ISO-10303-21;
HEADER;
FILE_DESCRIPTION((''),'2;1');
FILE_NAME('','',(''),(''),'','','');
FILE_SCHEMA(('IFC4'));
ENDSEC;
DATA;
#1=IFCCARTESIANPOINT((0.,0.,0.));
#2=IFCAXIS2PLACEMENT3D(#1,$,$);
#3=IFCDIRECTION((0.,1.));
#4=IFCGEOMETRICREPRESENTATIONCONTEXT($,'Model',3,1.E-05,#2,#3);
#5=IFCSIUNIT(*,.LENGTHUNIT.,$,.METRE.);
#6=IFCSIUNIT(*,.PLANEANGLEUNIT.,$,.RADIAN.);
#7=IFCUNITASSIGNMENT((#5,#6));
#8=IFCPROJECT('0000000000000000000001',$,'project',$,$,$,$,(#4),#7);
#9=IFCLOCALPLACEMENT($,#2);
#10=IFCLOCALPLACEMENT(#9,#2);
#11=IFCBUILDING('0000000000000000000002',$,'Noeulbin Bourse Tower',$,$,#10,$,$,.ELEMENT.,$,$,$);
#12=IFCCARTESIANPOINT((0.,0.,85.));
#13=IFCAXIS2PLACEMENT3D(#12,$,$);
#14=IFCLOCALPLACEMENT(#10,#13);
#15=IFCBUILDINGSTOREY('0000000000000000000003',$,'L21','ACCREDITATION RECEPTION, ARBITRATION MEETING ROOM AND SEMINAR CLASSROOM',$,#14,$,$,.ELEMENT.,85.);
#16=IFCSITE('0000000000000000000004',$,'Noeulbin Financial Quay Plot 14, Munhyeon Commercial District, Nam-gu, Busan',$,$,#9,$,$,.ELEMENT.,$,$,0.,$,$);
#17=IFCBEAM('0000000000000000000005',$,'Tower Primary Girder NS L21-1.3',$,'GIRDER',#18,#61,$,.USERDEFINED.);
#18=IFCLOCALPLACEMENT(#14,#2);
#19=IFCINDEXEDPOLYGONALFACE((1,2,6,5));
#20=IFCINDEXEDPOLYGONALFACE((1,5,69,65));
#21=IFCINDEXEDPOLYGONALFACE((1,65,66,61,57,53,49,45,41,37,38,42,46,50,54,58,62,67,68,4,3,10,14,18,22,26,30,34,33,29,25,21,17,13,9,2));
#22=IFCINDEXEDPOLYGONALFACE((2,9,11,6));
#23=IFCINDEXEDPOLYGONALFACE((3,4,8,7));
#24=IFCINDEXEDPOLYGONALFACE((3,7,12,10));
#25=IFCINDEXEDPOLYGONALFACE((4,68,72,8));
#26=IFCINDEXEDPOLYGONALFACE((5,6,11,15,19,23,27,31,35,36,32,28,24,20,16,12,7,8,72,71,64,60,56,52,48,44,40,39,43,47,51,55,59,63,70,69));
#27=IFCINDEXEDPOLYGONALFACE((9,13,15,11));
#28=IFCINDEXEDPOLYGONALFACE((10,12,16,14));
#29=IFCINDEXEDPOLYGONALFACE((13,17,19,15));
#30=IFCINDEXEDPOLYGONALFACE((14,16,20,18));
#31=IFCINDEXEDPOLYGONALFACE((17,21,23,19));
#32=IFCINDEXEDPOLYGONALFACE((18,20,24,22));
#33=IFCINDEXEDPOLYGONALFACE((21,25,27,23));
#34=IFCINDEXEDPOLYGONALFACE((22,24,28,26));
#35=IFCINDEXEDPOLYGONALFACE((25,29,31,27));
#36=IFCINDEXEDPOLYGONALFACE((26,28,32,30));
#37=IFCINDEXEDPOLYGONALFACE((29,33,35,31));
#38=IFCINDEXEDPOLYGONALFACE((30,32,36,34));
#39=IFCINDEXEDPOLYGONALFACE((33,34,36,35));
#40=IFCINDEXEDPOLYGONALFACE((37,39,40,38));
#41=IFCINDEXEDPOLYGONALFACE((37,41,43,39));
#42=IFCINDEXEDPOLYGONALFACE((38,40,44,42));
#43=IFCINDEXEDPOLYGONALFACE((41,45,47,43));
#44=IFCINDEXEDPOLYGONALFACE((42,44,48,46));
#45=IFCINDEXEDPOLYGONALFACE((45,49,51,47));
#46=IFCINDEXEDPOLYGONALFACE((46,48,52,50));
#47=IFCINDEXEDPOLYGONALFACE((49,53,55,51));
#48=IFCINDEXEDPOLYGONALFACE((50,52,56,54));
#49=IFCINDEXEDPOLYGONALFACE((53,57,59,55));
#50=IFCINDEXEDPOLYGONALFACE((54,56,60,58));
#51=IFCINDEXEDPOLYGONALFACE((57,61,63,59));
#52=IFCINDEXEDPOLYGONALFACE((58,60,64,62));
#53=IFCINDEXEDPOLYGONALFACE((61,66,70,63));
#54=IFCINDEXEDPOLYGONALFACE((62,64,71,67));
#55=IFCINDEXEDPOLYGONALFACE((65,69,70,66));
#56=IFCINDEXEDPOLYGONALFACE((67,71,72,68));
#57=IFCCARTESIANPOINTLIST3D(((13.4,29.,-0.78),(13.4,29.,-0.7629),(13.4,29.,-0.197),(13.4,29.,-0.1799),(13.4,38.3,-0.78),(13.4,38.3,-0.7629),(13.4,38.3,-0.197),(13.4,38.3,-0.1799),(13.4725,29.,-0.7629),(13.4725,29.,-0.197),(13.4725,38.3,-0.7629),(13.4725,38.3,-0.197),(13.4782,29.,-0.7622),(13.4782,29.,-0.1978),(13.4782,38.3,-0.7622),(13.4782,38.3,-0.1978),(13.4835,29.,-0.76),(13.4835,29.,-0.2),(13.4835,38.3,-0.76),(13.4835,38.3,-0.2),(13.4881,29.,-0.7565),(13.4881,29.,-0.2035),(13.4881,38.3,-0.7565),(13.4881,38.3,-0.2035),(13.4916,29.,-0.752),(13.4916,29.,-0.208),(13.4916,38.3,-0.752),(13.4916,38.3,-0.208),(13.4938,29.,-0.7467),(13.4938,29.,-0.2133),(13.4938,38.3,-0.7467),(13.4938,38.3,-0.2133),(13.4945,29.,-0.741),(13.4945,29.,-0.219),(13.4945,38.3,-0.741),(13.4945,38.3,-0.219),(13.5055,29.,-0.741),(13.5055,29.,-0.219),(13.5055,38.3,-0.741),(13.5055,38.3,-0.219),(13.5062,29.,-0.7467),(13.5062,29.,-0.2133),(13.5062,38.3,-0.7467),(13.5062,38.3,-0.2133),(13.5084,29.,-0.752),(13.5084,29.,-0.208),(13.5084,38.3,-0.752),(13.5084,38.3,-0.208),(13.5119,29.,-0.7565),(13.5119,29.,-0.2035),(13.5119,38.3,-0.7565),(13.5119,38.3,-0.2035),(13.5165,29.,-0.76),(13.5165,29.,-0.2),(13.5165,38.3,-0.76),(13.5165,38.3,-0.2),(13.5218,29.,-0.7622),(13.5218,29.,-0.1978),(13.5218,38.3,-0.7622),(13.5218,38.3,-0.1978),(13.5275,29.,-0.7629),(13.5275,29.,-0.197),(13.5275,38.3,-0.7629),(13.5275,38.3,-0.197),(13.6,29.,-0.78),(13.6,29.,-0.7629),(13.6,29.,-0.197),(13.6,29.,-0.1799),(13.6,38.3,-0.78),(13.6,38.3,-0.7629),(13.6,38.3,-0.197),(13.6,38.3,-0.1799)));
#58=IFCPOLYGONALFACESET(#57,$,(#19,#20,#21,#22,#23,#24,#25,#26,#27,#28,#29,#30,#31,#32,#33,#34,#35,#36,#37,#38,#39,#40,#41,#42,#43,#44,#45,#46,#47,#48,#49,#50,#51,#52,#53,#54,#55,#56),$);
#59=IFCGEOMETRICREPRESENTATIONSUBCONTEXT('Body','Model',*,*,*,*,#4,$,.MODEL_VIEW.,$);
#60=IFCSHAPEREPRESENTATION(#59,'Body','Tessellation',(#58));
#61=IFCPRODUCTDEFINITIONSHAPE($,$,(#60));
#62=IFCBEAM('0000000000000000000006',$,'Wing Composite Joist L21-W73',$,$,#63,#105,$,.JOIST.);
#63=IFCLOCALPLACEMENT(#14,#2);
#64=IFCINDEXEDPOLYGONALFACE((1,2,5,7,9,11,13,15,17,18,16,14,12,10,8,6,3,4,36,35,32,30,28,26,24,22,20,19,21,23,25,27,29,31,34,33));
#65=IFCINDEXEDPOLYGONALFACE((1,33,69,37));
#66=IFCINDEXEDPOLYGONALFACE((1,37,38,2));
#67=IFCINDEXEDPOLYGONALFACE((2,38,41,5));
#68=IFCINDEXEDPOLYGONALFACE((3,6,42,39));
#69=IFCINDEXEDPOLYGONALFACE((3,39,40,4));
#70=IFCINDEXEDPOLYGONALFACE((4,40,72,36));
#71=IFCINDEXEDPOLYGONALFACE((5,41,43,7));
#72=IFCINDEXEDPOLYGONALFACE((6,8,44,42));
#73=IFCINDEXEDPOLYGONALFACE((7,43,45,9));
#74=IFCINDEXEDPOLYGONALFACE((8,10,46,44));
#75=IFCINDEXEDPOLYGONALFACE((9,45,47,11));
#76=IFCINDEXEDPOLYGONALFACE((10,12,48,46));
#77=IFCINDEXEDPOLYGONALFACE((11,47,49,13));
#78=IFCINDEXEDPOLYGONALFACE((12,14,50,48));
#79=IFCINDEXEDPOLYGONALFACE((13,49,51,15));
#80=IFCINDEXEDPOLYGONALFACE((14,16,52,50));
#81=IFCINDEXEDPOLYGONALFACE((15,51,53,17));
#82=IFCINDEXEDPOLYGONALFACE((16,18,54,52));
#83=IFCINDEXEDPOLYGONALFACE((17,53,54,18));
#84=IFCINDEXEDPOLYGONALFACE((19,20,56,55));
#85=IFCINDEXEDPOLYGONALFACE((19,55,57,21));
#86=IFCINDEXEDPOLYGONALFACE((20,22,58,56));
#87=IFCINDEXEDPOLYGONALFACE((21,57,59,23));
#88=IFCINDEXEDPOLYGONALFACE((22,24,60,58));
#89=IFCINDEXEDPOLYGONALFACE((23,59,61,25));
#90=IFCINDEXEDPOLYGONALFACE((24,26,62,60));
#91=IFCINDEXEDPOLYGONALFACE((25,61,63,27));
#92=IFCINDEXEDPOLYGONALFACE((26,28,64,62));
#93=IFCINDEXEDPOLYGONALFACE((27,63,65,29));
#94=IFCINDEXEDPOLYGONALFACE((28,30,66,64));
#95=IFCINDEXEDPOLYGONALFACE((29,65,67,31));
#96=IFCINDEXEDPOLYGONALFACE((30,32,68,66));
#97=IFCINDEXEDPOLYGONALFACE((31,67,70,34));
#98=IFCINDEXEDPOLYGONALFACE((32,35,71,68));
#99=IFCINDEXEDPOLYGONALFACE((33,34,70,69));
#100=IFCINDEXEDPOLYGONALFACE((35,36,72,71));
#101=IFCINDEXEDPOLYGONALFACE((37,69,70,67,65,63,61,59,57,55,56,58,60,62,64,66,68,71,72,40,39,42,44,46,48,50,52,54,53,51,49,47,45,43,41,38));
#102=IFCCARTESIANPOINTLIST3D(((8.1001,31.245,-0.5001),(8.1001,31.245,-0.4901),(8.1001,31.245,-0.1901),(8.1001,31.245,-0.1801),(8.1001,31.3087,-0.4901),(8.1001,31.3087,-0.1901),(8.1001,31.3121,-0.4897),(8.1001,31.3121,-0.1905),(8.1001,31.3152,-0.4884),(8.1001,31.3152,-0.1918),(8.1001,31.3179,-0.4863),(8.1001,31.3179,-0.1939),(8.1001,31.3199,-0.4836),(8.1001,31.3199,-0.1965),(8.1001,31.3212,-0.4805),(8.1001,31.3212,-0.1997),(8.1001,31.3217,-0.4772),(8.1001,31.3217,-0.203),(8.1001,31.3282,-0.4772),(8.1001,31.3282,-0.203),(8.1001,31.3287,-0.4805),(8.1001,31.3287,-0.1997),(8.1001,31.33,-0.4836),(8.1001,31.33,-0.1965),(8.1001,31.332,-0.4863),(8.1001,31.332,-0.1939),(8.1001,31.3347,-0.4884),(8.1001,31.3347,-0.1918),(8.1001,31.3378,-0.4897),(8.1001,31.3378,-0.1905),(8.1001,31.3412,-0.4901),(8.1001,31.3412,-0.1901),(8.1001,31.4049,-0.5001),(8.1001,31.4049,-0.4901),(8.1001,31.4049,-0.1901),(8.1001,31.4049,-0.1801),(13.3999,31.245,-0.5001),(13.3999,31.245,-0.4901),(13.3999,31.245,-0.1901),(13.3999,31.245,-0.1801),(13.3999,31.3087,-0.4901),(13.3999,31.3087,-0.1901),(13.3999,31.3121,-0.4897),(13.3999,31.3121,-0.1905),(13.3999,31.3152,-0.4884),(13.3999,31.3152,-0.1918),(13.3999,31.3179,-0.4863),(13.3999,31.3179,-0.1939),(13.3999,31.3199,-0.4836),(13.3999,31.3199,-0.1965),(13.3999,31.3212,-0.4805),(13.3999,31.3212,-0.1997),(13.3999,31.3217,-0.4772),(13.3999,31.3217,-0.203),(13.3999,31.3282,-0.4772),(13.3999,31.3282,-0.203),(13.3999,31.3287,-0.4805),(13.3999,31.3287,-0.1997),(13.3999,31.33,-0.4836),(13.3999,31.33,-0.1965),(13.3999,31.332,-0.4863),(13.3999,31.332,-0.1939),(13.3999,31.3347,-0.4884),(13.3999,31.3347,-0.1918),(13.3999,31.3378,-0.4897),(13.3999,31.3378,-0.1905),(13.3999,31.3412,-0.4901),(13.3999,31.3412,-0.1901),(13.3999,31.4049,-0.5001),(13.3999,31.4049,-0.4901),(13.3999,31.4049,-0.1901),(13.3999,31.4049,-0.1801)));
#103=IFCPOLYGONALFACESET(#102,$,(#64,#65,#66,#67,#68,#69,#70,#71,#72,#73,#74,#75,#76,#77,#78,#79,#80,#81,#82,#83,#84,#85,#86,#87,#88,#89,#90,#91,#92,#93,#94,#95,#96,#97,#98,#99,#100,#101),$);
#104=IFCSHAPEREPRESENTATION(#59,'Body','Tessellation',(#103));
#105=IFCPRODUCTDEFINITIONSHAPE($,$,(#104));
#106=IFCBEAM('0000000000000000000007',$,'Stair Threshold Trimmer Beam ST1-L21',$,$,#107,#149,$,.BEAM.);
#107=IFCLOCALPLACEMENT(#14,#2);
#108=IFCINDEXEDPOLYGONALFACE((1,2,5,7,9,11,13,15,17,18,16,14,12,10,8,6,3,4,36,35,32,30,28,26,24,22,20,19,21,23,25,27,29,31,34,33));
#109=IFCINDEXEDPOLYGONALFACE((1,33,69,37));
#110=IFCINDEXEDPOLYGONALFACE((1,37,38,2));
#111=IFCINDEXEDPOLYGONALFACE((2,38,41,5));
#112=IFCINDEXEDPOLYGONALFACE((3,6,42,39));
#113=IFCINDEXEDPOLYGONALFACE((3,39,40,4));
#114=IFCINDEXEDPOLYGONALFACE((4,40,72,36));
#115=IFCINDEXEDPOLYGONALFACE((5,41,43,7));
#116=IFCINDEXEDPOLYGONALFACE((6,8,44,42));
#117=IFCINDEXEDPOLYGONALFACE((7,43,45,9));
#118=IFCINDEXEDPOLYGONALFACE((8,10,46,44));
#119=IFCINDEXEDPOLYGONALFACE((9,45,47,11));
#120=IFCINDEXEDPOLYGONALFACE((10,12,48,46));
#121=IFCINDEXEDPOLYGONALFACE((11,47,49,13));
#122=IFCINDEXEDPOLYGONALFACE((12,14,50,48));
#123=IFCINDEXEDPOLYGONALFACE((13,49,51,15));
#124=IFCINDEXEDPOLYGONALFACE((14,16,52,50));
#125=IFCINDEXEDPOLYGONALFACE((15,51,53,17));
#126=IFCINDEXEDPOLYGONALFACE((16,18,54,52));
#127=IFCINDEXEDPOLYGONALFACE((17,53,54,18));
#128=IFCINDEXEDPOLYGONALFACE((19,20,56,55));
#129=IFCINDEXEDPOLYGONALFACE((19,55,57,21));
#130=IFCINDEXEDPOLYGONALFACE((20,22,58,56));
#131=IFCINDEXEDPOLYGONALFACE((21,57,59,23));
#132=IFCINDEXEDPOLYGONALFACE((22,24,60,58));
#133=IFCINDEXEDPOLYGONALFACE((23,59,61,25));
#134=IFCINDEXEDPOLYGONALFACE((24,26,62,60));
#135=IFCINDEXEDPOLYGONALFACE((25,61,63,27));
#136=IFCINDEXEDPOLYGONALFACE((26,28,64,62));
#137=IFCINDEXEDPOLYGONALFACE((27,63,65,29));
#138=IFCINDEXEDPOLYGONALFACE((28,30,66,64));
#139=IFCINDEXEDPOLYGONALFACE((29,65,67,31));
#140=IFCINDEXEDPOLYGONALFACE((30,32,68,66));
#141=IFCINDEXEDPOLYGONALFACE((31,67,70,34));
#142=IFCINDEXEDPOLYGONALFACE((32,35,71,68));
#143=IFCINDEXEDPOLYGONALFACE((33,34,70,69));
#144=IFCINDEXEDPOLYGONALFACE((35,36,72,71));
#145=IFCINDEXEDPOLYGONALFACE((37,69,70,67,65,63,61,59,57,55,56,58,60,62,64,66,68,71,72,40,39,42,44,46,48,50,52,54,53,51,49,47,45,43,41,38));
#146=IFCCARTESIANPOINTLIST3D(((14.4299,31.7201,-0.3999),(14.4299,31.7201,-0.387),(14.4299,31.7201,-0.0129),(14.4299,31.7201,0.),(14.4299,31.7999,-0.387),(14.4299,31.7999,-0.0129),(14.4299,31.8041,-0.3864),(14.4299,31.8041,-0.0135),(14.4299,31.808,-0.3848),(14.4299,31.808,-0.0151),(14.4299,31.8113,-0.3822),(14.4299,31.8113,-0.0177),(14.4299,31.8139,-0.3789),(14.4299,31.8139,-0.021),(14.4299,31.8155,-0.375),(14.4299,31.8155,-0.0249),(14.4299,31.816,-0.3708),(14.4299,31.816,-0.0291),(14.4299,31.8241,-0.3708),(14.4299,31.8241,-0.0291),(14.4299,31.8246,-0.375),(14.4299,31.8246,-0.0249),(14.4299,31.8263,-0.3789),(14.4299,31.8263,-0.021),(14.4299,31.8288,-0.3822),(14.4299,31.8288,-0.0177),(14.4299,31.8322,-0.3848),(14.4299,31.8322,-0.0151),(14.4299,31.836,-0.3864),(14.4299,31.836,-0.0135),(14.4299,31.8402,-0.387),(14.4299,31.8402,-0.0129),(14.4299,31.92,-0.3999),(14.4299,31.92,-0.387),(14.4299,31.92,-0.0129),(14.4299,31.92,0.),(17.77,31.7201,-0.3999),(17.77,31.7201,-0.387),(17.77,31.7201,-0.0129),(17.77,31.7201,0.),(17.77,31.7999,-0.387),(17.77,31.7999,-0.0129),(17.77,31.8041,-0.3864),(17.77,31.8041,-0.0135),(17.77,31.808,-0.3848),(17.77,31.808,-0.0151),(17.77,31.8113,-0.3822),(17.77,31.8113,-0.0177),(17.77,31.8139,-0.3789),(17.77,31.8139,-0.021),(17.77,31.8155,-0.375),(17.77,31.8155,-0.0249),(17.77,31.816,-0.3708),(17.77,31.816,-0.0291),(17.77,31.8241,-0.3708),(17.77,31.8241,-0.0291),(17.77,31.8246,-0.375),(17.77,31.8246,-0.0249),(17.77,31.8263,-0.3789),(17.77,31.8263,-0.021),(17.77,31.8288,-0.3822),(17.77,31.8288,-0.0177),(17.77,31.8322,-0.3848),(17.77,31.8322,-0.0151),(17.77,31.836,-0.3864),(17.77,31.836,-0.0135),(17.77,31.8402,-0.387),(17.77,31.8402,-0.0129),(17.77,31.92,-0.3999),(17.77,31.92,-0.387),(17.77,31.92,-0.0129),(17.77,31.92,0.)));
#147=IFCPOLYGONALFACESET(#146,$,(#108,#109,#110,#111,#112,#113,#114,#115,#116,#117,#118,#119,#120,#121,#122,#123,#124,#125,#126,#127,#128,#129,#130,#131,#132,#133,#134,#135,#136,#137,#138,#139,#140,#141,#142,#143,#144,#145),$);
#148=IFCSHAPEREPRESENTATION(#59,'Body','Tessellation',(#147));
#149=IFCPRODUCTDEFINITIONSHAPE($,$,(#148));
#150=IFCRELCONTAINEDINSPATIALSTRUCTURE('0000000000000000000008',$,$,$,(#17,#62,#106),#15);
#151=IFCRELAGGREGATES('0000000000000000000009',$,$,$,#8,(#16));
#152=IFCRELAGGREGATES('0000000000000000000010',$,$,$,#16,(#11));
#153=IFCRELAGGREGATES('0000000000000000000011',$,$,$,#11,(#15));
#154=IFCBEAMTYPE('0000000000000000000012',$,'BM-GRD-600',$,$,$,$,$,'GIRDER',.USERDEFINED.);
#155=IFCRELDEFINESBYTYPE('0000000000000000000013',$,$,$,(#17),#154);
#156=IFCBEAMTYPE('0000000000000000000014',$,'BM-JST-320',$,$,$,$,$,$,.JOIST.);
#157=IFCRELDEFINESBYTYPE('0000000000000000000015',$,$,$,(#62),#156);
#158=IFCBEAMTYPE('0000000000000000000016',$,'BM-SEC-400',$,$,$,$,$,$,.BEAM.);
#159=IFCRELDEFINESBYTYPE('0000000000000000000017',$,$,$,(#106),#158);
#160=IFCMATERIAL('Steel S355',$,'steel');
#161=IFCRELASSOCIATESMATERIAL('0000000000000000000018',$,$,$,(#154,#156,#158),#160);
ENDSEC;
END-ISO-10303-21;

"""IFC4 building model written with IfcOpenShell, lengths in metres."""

from ifc_helpers import new_model, si_unit, direction, frame, origin, origin_2d, place, context, subcontext, project, spatial, i_section, extrude, material, material_profile, profile_set, type_object, element, save


model = new_model("IFC4")

# Units and contexts
model_context = context("Model", 3, precision=1e-05, world=origin(), true_north=direction((0.0, 1.0)))
body_context = subcontext(model_context, "Body", "Model", "MODEL_VIEW")
ifc_project = project(units=[si_unit("LENGTHUNIT", "METRE"), si_unit("PLANEANGLEUNIT", "RADIAN")], contexts=[model_context])

# Site, building, storey
site_placement = place(None, origin())
site = spatial("IfcSite", under=ifc_project, at=site_placement, Name="Noeulbin Financial Quay Plot 14, Munhyeon Commercial District, Nam-gu, Busan", CompositionType="ELEMENT", RefElevation=0.0)
building_placement = place(site_placement, origin())
building = spatial("IfcBuilding", under=site, at=building_placement, Name="Noeulbin Bourse Tower", CompositionType="ELEMENT")
storey_placement = place(building_placement, frame((0.0, 0.0, 85.0)))
storey = spatial("IfcBuildingStorey", under=building, at=storey_placement, Name="L21", Description="ACCREDITATION RECEPTION, ARBITRATION MEETING ROOM AND SEMINAR CLASSROOM", CompositionType="ELEMENT", Elevation=85.0)

# Beams
ifc_material_1 = material(Name="Steel S355", Category="steel")
ifc_material_profile_1 = material_profile(ifc_material_1, i_section(OverallWidth=0.2, OverallDepth=0.6001, WebThickness=0.011, FlangeThickness=0.0171, FilletRadius=0.022, at=origin_2d()), Name="H-600x200x11x17", Category="LoadBearing")
ifc_profile_set_1 = profile_set([ifc_material_profile_1], Name="Steel S355")
beam_type_1 = type_object("IfcBeamType", Name="BM-GRD-600", ElementType="GIRDER", PredefinedType="USERDEFINED", material=ifc_profile_set_1)
beam_1_placement = place(storey_placement, frame((13.5, 29.0, -0.48), z_axis=(0.0, 1.0, 0.0), x_axis=(-1.0, 0.0, 0.0)))
element("IfcBeam", 1, at=beam_1_placement, inside=storey, type_object=beam_type_1, Name="Tower Primary Girder NS L21-1.3", ObjectType="GIRDER", PredefinedType="USERDEFINED", context=body_context, shape_type="SweptSolid", body=[
    extrude(i_section(OverallWidth=0.2, OverallDepth=0.6001, WebThickness=0.011, FlangeThickness=0.0171, FilletRadius=0.022, at=origin_2d()), origin(), (0.0, 0.0, 1.0), 9.3),
])
ifc_material_profile_2 = material_profile(ifc_material_1, i_section(OverallWidth=0.1599, OverallDepth=0.3201, WebThickness=0.0066, FlangeThickness=0.01, FilletRadius=0.0129, at=origin_2d()), Name="H-320x160x6.5x10", Category="LoadBearing")
ifc_profile_set_2 = profile_set([ifc_material_profile_2], Name="Steel S355")
beam_type_2 = type_object("IfcBeamType", Name="BM-JST-320", PredefinedType="JOIST", material=ifc_profile_set_2)
beam_2_placement = place(storey_placement, frame((8.1001, 31.325, -0.3401), z_axis=(1.0, 0.0, 0.0), x_axis=(0.0, 1.0, 0.0)))
element("IfcBeam", 2, at=beam_2_placement, inside=storey, type_object=beam_type_2, Name="Wing Composite Joist L21-W73", PredefinedType="JOIST", context=body_context, shape_type="SweptSolid", body=[
    extrude(i_section(OverallWidth=0.1599, OverallDepth=0.3201, WebThickness=0.0066, FlangeThickness=0.01, FilletRadius=0.0129, at=origin_2d()), origin(), (0.0, 0.0, 1.0), 5.2998),
])
ifc_material_profile_3 = material_profile(ifc_material_1, i_section(OverallWidth=0.2, OverallDepth=0.3999, WebThickness=0.0081, FlangeThickness=0.0129, FilletRadius=0.0161, at=origin_2d()), Name="H-400x200x8x13", Category="LoadBearing")
ifc_profile_set_3 = profile_set([ifc_material_profile_3], Name="Steel S355")
beam_type_3 = type_object("IfcBeamType", Name="BM-SEC-400", PredefinedType="BEAM", material=ifc_profile_set_3)
beam_3_placement = place(storey_placement, frame((14.4299, 31.8201, -0.2), z_axis=(1.0, 0.0, 0.0), x_axis=(0.0, 1.0, 0.0)))
element("IfcBeam", 3, at=beam_3_placement, inside=storey, type_object=beam_type_3, Name="Stair Threshold Trimmer Beam ST1-L21", PredefinedType="BEAM", context=body_context, shape_type="SweptSolid", body=[
    extrude(i_section(OverallWidth=0.2, OverallDepth=0.3999, WebThickness=0.0081, FlangeThickness=0.0129, FilletRadius=0.0161, at=origin_2d()), origin(), (0.0, 0.0, 1.0), 3.3401),
])

save(model, "model.ifc")
